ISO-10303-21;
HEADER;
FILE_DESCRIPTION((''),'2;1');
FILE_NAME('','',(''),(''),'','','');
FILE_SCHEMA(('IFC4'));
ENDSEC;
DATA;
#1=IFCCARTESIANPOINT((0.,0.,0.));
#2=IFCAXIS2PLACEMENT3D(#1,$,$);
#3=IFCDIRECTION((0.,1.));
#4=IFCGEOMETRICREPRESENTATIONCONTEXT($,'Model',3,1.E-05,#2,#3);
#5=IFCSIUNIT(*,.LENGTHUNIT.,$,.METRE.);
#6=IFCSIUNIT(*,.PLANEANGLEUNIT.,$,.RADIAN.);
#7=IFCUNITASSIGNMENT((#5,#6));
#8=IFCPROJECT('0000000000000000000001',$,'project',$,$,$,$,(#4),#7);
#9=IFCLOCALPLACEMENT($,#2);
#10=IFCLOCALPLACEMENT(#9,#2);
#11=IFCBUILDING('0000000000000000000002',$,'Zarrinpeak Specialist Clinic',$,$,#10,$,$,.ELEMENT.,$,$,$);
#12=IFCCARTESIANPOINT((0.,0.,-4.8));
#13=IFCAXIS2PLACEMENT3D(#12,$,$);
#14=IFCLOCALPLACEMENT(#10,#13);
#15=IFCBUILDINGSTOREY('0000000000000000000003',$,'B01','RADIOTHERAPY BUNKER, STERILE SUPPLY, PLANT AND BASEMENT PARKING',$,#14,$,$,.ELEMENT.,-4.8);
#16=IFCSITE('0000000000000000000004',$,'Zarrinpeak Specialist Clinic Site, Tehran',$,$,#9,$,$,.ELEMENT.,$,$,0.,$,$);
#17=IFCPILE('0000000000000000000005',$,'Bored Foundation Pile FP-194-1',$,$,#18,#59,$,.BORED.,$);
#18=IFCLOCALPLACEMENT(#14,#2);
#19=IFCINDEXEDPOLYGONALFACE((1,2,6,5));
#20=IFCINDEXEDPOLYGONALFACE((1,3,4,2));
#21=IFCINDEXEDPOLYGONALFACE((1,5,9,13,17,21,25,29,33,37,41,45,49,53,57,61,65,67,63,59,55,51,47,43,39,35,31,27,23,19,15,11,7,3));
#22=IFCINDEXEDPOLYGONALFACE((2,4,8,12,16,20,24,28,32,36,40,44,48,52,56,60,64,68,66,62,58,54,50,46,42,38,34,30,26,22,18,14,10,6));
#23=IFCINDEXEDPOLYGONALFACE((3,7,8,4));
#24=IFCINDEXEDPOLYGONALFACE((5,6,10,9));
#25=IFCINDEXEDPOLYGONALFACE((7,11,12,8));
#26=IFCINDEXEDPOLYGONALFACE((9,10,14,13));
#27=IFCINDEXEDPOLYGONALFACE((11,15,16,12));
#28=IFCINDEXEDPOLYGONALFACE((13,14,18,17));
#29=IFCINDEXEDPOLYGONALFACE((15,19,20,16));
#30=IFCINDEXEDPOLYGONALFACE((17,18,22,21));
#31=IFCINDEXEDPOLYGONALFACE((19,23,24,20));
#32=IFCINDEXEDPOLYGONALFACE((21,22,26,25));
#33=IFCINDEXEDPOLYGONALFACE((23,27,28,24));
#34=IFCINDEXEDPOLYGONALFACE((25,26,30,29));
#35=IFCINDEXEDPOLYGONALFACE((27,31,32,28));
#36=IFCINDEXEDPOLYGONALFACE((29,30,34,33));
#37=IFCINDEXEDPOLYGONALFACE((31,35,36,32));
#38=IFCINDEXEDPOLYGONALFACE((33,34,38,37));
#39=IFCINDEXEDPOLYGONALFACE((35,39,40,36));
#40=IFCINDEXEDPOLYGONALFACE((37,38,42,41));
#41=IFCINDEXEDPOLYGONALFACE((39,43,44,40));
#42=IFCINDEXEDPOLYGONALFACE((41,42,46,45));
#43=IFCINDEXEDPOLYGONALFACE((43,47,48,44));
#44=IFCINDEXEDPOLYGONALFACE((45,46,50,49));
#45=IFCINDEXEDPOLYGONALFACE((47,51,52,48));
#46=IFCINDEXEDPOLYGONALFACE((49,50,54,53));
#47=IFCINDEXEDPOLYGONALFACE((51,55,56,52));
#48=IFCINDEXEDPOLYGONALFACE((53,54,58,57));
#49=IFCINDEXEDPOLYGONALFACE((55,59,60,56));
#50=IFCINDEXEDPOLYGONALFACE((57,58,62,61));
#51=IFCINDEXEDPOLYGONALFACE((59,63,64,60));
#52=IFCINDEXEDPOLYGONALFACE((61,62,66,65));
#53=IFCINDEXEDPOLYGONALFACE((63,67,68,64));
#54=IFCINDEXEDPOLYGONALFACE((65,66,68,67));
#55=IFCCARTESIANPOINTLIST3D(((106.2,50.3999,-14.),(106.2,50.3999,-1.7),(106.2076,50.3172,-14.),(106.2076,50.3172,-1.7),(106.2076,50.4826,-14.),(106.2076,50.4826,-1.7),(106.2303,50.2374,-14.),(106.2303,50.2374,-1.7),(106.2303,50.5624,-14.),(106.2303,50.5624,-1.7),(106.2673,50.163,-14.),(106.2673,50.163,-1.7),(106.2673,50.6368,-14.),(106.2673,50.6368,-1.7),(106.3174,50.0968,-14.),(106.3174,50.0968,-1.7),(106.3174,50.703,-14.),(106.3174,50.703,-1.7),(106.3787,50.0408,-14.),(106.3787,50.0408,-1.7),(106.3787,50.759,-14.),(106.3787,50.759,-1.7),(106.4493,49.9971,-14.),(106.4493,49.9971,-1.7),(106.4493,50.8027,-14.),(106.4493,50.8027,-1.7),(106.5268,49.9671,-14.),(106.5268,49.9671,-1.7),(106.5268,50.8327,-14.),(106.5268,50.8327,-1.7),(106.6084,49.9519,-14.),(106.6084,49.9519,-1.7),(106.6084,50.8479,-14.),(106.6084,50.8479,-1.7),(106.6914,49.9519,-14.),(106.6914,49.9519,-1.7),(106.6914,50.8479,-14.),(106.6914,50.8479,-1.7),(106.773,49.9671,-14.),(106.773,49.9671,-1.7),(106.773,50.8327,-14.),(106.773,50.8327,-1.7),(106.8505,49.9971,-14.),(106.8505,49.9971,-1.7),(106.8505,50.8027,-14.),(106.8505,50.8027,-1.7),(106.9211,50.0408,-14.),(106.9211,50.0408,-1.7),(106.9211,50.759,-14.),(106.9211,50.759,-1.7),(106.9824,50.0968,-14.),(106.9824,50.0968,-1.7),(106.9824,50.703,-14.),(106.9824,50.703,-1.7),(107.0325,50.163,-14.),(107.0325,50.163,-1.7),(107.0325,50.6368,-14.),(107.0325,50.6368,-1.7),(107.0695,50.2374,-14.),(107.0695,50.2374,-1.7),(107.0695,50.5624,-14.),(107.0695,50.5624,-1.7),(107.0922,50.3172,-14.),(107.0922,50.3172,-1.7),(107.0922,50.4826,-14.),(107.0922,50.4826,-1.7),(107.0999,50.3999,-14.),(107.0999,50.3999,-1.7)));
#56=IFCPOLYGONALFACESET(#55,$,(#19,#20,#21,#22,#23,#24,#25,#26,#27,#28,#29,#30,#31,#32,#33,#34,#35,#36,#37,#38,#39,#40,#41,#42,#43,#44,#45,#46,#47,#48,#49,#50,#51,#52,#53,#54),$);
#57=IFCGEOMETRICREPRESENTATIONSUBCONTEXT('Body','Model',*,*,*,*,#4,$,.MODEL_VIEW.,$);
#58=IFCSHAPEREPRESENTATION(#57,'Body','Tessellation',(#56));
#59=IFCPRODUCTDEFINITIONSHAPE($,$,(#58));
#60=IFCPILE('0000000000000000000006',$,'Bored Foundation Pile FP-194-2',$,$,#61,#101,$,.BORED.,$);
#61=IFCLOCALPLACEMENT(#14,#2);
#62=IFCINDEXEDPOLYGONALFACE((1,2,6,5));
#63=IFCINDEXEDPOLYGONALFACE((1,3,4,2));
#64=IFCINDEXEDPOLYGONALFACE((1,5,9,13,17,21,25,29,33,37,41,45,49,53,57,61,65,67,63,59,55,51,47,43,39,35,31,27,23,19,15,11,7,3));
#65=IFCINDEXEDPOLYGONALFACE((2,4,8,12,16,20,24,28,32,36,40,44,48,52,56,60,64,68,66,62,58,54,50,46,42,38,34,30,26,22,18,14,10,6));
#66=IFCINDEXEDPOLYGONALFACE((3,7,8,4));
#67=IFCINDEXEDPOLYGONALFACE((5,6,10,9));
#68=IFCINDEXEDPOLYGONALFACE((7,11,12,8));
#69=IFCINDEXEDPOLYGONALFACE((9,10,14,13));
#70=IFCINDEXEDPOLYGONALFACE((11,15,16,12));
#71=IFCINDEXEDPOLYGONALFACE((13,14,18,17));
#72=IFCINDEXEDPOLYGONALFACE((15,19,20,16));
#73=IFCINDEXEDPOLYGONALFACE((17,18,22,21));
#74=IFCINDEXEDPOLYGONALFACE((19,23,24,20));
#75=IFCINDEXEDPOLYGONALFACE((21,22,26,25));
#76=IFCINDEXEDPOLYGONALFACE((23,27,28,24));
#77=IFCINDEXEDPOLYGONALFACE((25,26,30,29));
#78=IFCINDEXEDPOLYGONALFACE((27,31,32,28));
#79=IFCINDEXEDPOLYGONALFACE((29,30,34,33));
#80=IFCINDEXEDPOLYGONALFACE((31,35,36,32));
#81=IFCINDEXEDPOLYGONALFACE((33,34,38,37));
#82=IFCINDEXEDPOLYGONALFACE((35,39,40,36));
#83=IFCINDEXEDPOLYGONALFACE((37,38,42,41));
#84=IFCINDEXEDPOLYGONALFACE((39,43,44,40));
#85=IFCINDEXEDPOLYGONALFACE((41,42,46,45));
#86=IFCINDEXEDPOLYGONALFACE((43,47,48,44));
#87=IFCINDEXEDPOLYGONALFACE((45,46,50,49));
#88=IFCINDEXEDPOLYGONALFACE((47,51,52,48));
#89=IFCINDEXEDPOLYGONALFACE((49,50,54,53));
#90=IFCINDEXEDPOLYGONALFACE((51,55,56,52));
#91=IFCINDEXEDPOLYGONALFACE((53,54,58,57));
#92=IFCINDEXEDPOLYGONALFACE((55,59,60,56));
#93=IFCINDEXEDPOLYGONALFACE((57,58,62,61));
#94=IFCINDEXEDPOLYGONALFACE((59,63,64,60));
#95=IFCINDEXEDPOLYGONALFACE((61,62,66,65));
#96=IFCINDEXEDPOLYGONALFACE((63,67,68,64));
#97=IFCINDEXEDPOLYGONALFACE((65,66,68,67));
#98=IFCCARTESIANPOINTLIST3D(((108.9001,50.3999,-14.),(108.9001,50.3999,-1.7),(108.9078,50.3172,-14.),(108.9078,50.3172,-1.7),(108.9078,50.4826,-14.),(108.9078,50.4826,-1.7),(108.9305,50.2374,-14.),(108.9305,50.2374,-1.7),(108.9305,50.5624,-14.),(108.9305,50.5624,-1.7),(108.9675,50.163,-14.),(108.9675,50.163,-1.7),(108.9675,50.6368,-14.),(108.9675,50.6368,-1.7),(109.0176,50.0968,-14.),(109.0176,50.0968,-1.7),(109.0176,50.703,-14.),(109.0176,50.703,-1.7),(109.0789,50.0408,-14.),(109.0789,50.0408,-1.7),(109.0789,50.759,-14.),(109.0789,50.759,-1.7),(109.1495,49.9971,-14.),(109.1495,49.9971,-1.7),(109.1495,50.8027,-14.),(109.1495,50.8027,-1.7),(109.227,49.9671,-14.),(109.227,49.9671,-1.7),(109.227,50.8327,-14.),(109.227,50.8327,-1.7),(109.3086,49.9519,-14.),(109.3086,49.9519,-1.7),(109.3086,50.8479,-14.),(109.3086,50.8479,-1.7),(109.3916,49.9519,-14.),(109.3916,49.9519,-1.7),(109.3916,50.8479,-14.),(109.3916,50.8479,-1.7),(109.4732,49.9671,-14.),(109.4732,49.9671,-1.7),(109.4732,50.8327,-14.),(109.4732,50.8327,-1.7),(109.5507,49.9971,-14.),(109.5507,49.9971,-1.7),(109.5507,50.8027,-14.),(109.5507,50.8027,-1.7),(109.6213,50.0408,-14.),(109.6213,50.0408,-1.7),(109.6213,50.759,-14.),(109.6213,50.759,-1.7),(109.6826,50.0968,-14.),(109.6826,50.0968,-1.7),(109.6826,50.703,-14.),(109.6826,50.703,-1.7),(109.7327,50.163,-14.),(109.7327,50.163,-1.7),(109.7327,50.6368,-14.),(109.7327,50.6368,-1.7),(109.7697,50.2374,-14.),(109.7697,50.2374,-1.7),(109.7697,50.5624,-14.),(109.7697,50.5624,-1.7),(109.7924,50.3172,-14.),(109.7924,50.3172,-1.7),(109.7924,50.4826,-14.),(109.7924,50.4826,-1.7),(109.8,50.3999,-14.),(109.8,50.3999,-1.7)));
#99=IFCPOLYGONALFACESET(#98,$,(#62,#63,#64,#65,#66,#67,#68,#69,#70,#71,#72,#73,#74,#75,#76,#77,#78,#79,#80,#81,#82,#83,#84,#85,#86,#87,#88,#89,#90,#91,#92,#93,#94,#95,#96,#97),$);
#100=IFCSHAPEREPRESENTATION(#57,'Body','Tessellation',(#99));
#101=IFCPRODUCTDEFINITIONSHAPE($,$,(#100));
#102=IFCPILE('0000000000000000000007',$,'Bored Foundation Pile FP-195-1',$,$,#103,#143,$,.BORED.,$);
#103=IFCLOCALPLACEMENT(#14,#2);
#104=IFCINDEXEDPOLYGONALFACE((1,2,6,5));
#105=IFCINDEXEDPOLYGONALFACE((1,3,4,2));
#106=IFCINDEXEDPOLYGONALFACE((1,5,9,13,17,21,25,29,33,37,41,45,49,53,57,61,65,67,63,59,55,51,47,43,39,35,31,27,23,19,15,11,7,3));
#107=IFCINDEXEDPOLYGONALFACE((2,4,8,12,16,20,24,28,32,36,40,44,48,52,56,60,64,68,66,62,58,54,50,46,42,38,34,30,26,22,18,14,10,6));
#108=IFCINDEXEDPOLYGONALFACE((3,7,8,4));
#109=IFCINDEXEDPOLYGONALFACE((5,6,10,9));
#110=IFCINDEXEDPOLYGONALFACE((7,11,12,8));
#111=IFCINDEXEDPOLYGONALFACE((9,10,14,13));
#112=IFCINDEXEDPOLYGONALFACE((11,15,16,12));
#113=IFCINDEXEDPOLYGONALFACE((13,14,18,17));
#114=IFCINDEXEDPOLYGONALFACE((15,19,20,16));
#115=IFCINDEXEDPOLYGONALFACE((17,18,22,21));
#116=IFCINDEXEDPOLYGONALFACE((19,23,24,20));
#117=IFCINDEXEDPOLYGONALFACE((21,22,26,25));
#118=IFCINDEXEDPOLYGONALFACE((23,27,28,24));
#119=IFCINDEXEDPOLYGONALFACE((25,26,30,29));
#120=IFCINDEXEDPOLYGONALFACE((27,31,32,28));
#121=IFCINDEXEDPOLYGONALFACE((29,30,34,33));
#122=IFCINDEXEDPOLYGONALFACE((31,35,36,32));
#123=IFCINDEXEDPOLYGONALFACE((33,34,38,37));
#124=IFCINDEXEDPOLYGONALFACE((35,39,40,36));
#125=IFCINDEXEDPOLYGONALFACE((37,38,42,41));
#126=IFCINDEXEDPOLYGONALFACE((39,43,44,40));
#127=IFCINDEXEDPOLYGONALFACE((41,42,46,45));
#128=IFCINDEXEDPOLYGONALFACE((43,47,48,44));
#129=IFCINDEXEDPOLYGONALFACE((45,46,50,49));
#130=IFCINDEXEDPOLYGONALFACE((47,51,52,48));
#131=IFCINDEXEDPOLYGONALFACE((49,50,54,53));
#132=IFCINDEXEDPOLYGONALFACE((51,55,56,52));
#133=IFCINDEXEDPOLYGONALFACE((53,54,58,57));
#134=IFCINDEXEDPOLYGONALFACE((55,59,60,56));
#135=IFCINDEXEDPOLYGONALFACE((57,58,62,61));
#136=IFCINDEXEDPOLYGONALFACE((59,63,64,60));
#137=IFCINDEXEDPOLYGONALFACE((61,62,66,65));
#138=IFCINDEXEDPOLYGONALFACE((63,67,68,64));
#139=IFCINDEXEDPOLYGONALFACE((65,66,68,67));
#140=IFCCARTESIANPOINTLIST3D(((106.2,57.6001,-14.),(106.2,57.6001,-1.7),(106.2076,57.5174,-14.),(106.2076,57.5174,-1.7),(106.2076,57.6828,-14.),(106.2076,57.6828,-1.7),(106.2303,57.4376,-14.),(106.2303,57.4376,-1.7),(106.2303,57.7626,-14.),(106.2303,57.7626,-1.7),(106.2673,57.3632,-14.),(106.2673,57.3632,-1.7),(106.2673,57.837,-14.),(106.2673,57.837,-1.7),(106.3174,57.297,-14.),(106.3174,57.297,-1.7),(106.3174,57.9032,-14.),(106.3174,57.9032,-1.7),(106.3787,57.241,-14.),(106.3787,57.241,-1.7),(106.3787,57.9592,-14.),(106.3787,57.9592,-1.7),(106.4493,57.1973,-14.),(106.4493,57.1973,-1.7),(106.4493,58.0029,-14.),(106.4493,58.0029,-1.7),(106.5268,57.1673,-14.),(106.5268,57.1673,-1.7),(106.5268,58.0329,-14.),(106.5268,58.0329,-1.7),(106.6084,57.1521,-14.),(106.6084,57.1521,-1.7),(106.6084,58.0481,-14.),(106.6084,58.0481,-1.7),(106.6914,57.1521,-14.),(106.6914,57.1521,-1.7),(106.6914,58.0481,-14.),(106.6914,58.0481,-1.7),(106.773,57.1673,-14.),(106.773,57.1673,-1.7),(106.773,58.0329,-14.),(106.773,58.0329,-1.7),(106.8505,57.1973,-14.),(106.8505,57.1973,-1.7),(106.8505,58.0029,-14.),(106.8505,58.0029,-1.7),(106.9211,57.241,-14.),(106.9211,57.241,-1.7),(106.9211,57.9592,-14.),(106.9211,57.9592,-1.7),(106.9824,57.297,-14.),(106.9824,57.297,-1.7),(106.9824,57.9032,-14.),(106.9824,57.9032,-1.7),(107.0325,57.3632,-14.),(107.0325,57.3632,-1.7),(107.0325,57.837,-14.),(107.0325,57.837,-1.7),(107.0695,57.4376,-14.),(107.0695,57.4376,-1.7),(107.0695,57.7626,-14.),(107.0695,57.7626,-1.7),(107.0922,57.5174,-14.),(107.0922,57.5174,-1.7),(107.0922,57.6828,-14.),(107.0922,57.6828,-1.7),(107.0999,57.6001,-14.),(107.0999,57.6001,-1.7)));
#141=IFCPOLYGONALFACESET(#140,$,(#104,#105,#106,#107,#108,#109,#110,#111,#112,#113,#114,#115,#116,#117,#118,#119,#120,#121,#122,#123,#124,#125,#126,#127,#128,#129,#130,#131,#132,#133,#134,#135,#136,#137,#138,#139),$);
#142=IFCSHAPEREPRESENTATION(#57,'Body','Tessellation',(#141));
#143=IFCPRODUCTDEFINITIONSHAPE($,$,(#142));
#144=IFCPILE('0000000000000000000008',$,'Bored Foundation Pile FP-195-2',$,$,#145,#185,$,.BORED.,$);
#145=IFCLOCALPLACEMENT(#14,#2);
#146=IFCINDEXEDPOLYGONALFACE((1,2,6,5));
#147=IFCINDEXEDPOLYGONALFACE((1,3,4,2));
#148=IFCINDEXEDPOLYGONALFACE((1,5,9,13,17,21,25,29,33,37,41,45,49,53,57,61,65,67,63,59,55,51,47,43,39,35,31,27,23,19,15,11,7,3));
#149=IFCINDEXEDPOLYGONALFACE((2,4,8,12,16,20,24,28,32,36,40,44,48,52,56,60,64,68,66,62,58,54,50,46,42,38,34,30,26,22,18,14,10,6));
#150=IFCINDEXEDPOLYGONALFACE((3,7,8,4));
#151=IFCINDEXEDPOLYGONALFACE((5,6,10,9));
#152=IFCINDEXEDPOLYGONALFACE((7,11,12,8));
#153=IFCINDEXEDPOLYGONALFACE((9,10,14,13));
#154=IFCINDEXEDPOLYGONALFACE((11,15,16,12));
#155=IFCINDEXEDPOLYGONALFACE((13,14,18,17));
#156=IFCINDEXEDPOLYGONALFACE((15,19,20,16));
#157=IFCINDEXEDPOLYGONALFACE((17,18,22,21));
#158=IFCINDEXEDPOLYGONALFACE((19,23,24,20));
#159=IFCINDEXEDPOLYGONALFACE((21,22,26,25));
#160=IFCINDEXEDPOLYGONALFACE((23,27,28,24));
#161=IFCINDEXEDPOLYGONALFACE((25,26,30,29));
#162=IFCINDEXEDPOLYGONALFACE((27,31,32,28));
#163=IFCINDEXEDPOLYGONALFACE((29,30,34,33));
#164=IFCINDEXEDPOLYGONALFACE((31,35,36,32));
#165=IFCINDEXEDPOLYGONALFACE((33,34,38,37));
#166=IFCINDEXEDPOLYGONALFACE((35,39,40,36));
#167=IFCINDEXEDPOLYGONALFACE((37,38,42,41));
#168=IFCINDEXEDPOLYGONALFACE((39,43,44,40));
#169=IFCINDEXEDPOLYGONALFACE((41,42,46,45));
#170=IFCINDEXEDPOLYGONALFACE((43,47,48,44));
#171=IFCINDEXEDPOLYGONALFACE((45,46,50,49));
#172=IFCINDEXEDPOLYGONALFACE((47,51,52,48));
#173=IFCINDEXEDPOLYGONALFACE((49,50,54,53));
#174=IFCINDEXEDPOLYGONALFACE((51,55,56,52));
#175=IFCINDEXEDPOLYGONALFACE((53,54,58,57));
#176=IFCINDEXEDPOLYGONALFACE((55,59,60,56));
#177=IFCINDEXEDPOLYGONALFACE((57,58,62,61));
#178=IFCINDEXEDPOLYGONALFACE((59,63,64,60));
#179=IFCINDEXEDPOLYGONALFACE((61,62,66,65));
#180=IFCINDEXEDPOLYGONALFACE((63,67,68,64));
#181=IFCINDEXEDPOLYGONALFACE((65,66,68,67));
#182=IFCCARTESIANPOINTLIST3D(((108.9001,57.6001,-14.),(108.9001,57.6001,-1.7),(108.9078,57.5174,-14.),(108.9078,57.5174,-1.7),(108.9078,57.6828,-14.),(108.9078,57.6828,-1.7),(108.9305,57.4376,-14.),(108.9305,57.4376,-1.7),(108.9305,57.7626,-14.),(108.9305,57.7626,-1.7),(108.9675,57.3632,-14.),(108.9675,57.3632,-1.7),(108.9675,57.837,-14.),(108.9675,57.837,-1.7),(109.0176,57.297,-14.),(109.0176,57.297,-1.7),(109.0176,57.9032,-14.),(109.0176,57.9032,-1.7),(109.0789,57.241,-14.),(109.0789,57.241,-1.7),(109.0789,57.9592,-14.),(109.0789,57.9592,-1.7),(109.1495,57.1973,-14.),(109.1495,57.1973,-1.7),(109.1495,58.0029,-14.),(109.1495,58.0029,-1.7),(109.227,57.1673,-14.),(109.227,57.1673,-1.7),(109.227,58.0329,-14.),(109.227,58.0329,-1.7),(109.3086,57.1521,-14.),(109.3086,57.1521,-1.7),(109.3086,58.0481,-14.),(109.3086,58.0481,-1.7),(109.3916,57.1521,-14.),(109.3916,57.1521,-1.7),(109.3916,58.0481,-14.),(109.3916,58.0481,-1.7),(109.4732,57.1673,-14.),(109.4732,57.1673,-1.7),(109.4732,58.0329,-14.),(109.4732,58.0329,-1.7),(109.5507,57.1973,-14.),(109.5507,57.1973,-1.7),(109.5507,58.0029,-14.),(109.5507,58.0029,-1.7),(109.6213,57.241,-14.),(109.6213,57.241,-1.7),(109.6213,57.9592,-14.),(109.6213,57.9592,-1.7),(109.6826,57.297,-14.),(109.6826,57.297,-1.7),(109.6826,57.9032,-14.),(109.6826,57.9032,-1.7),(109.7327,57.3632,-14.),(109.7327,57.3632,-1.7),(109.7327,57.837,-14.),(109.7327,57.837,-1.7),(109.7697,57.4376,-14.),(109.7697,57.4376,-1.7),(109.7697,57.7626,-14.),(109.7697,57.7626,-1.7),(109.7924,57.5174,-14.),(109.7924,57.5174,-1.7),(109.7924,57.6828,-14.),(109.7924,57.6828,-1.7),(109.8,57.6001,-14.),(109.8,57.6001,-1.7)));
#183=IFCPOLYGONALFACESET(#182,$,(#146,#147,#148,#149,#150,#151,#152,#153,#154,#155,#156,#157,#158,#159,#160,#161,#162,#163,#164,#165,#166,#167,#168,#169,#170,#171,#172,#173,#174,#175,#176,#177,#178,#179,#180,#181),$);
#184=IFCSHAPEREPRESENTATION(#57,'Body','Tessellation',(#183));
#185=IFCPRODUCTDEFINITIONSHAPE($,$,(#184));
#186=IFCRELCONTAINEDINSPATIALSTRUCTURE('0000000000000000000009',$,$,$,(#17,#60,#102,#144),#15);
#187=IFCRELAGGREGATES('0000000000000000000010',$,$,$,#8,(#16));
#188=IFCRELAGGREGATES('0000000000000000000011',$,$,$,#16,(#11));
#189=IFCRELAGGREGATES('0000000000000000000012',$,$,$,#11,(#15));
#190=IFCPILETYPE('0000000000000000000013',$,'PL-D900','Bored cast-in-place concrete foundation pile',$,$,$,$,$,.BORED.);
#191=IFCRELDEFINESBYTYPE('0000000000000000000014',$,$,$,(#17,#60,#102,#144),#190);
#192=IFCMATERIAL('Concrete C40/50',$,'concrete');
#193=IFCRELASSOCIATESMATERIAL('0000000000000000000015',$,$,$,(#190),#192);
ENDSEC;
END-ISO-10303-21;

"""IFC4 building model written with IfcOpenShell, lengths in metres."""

from ifc_helpers import new_model, si_unit, direction, frame, origin, origin_2d, place, context, subcontext, project, spatial, circle, extrude, material, material_profile, profile_set, type_object, element, save


model = new_model("IFC4")

# Units and contexts
model_context = context("Model", 3, precision=1e-05, world=origin(), true_north=direction((0.0, 1.0)))
body_context = subcontext(model_context, "Body", "Model", "MODEL_VIEW")
ifc_project = project(units=[si_unit("LENGTHUNIT", "METRE"), si_unit("PLANEANGLEUNIT", "RADIAN")], contexts=[model_context])

# Site, building, storey
site_placement = place(None, origin())
site = spatial("IfcSite", under=ifc_project, at=site_placement, Name="Zarrinpeak Specialist Clinic Site, Tehran", CompositionType="ELEMENT", RefElevation=0.0)
building_placement = place(site_placement, origin())
building = spatial("IfcBuilding", under=site, at=building_placement, Name="Zarrinpeak Specialist Clinic", CompositionType="ELEMENT")
storey_placement = place(building_placement, frame((0.0, 0.0, -4.8)))
storey = spatial("IfcBuildingStorey", under=building, at=storey_placement, Name="B01", Description="RADIOTHERAPY BUNKER, STERILE SUPPLY, PLANT AND BASEMENT PARKING", CompositionType="ELEMENT", Elevation=-4.8)

# Shared definitions
ifc_material_1 = material(Name="Concrete C40/50", Category="concrete")

# Piles
ifc_material_profile_1 = material_profile(ifc_material_1, circle(Radius=0.45, at=origin_2d()), Name="BORED PILE D900")
ifc_profile_set_1 = profile_set([ifc_material_profile_1], Name="Concrete C40/50")
pile_type = type_object("IfcPileType", Name="PL-D900", Description="Bored cast-in-place concrete foundation pile", PredefinedType="BORED", material=ifc_profile_set_1)
for number, where, z_axis, x_axis, name in (
    (1, (106.6499, 50.3999, -1.7), (0.0, 0.0, -1.0), (1.0, 0.0, 0.0), "Bored Foundation Pile FP-194-1"),
    (2, (109.3501, 50.3999, -1.7), (0.0, 0.0, -1.0), (1.0, 0.0, 0.0), "Bored Foundation Pile FP-194-2"),
    (3, (106.6499, 57.6001, -1.7), (0.0, 0.0, -1.0), (1.0, 0.0, 0.0), "Bored Foundation Pile FP-195-1"),
    (4, (109.3501, 57.6001, -1.7), (0.0, 0.0, -1.0), (1.0, 0.0, 0.0), "Bored Foundation Pile FP-195-2"),
):
    element("IfcPile", number, at=place(storey_placement, frame(where, z_axis=z_axis, x_axis=x_axis)), inside=storey, type_object=pile_type, Name=name, PredefinedType="BORED", context=body_context, shape_type="SweptSolid", body=[
        extrude(circle(Radius=0.45, at=origin_2d()), origin(), (0.0, 0.0, 1.0), 12.3),
    ])

save(model, "model.ifc")
